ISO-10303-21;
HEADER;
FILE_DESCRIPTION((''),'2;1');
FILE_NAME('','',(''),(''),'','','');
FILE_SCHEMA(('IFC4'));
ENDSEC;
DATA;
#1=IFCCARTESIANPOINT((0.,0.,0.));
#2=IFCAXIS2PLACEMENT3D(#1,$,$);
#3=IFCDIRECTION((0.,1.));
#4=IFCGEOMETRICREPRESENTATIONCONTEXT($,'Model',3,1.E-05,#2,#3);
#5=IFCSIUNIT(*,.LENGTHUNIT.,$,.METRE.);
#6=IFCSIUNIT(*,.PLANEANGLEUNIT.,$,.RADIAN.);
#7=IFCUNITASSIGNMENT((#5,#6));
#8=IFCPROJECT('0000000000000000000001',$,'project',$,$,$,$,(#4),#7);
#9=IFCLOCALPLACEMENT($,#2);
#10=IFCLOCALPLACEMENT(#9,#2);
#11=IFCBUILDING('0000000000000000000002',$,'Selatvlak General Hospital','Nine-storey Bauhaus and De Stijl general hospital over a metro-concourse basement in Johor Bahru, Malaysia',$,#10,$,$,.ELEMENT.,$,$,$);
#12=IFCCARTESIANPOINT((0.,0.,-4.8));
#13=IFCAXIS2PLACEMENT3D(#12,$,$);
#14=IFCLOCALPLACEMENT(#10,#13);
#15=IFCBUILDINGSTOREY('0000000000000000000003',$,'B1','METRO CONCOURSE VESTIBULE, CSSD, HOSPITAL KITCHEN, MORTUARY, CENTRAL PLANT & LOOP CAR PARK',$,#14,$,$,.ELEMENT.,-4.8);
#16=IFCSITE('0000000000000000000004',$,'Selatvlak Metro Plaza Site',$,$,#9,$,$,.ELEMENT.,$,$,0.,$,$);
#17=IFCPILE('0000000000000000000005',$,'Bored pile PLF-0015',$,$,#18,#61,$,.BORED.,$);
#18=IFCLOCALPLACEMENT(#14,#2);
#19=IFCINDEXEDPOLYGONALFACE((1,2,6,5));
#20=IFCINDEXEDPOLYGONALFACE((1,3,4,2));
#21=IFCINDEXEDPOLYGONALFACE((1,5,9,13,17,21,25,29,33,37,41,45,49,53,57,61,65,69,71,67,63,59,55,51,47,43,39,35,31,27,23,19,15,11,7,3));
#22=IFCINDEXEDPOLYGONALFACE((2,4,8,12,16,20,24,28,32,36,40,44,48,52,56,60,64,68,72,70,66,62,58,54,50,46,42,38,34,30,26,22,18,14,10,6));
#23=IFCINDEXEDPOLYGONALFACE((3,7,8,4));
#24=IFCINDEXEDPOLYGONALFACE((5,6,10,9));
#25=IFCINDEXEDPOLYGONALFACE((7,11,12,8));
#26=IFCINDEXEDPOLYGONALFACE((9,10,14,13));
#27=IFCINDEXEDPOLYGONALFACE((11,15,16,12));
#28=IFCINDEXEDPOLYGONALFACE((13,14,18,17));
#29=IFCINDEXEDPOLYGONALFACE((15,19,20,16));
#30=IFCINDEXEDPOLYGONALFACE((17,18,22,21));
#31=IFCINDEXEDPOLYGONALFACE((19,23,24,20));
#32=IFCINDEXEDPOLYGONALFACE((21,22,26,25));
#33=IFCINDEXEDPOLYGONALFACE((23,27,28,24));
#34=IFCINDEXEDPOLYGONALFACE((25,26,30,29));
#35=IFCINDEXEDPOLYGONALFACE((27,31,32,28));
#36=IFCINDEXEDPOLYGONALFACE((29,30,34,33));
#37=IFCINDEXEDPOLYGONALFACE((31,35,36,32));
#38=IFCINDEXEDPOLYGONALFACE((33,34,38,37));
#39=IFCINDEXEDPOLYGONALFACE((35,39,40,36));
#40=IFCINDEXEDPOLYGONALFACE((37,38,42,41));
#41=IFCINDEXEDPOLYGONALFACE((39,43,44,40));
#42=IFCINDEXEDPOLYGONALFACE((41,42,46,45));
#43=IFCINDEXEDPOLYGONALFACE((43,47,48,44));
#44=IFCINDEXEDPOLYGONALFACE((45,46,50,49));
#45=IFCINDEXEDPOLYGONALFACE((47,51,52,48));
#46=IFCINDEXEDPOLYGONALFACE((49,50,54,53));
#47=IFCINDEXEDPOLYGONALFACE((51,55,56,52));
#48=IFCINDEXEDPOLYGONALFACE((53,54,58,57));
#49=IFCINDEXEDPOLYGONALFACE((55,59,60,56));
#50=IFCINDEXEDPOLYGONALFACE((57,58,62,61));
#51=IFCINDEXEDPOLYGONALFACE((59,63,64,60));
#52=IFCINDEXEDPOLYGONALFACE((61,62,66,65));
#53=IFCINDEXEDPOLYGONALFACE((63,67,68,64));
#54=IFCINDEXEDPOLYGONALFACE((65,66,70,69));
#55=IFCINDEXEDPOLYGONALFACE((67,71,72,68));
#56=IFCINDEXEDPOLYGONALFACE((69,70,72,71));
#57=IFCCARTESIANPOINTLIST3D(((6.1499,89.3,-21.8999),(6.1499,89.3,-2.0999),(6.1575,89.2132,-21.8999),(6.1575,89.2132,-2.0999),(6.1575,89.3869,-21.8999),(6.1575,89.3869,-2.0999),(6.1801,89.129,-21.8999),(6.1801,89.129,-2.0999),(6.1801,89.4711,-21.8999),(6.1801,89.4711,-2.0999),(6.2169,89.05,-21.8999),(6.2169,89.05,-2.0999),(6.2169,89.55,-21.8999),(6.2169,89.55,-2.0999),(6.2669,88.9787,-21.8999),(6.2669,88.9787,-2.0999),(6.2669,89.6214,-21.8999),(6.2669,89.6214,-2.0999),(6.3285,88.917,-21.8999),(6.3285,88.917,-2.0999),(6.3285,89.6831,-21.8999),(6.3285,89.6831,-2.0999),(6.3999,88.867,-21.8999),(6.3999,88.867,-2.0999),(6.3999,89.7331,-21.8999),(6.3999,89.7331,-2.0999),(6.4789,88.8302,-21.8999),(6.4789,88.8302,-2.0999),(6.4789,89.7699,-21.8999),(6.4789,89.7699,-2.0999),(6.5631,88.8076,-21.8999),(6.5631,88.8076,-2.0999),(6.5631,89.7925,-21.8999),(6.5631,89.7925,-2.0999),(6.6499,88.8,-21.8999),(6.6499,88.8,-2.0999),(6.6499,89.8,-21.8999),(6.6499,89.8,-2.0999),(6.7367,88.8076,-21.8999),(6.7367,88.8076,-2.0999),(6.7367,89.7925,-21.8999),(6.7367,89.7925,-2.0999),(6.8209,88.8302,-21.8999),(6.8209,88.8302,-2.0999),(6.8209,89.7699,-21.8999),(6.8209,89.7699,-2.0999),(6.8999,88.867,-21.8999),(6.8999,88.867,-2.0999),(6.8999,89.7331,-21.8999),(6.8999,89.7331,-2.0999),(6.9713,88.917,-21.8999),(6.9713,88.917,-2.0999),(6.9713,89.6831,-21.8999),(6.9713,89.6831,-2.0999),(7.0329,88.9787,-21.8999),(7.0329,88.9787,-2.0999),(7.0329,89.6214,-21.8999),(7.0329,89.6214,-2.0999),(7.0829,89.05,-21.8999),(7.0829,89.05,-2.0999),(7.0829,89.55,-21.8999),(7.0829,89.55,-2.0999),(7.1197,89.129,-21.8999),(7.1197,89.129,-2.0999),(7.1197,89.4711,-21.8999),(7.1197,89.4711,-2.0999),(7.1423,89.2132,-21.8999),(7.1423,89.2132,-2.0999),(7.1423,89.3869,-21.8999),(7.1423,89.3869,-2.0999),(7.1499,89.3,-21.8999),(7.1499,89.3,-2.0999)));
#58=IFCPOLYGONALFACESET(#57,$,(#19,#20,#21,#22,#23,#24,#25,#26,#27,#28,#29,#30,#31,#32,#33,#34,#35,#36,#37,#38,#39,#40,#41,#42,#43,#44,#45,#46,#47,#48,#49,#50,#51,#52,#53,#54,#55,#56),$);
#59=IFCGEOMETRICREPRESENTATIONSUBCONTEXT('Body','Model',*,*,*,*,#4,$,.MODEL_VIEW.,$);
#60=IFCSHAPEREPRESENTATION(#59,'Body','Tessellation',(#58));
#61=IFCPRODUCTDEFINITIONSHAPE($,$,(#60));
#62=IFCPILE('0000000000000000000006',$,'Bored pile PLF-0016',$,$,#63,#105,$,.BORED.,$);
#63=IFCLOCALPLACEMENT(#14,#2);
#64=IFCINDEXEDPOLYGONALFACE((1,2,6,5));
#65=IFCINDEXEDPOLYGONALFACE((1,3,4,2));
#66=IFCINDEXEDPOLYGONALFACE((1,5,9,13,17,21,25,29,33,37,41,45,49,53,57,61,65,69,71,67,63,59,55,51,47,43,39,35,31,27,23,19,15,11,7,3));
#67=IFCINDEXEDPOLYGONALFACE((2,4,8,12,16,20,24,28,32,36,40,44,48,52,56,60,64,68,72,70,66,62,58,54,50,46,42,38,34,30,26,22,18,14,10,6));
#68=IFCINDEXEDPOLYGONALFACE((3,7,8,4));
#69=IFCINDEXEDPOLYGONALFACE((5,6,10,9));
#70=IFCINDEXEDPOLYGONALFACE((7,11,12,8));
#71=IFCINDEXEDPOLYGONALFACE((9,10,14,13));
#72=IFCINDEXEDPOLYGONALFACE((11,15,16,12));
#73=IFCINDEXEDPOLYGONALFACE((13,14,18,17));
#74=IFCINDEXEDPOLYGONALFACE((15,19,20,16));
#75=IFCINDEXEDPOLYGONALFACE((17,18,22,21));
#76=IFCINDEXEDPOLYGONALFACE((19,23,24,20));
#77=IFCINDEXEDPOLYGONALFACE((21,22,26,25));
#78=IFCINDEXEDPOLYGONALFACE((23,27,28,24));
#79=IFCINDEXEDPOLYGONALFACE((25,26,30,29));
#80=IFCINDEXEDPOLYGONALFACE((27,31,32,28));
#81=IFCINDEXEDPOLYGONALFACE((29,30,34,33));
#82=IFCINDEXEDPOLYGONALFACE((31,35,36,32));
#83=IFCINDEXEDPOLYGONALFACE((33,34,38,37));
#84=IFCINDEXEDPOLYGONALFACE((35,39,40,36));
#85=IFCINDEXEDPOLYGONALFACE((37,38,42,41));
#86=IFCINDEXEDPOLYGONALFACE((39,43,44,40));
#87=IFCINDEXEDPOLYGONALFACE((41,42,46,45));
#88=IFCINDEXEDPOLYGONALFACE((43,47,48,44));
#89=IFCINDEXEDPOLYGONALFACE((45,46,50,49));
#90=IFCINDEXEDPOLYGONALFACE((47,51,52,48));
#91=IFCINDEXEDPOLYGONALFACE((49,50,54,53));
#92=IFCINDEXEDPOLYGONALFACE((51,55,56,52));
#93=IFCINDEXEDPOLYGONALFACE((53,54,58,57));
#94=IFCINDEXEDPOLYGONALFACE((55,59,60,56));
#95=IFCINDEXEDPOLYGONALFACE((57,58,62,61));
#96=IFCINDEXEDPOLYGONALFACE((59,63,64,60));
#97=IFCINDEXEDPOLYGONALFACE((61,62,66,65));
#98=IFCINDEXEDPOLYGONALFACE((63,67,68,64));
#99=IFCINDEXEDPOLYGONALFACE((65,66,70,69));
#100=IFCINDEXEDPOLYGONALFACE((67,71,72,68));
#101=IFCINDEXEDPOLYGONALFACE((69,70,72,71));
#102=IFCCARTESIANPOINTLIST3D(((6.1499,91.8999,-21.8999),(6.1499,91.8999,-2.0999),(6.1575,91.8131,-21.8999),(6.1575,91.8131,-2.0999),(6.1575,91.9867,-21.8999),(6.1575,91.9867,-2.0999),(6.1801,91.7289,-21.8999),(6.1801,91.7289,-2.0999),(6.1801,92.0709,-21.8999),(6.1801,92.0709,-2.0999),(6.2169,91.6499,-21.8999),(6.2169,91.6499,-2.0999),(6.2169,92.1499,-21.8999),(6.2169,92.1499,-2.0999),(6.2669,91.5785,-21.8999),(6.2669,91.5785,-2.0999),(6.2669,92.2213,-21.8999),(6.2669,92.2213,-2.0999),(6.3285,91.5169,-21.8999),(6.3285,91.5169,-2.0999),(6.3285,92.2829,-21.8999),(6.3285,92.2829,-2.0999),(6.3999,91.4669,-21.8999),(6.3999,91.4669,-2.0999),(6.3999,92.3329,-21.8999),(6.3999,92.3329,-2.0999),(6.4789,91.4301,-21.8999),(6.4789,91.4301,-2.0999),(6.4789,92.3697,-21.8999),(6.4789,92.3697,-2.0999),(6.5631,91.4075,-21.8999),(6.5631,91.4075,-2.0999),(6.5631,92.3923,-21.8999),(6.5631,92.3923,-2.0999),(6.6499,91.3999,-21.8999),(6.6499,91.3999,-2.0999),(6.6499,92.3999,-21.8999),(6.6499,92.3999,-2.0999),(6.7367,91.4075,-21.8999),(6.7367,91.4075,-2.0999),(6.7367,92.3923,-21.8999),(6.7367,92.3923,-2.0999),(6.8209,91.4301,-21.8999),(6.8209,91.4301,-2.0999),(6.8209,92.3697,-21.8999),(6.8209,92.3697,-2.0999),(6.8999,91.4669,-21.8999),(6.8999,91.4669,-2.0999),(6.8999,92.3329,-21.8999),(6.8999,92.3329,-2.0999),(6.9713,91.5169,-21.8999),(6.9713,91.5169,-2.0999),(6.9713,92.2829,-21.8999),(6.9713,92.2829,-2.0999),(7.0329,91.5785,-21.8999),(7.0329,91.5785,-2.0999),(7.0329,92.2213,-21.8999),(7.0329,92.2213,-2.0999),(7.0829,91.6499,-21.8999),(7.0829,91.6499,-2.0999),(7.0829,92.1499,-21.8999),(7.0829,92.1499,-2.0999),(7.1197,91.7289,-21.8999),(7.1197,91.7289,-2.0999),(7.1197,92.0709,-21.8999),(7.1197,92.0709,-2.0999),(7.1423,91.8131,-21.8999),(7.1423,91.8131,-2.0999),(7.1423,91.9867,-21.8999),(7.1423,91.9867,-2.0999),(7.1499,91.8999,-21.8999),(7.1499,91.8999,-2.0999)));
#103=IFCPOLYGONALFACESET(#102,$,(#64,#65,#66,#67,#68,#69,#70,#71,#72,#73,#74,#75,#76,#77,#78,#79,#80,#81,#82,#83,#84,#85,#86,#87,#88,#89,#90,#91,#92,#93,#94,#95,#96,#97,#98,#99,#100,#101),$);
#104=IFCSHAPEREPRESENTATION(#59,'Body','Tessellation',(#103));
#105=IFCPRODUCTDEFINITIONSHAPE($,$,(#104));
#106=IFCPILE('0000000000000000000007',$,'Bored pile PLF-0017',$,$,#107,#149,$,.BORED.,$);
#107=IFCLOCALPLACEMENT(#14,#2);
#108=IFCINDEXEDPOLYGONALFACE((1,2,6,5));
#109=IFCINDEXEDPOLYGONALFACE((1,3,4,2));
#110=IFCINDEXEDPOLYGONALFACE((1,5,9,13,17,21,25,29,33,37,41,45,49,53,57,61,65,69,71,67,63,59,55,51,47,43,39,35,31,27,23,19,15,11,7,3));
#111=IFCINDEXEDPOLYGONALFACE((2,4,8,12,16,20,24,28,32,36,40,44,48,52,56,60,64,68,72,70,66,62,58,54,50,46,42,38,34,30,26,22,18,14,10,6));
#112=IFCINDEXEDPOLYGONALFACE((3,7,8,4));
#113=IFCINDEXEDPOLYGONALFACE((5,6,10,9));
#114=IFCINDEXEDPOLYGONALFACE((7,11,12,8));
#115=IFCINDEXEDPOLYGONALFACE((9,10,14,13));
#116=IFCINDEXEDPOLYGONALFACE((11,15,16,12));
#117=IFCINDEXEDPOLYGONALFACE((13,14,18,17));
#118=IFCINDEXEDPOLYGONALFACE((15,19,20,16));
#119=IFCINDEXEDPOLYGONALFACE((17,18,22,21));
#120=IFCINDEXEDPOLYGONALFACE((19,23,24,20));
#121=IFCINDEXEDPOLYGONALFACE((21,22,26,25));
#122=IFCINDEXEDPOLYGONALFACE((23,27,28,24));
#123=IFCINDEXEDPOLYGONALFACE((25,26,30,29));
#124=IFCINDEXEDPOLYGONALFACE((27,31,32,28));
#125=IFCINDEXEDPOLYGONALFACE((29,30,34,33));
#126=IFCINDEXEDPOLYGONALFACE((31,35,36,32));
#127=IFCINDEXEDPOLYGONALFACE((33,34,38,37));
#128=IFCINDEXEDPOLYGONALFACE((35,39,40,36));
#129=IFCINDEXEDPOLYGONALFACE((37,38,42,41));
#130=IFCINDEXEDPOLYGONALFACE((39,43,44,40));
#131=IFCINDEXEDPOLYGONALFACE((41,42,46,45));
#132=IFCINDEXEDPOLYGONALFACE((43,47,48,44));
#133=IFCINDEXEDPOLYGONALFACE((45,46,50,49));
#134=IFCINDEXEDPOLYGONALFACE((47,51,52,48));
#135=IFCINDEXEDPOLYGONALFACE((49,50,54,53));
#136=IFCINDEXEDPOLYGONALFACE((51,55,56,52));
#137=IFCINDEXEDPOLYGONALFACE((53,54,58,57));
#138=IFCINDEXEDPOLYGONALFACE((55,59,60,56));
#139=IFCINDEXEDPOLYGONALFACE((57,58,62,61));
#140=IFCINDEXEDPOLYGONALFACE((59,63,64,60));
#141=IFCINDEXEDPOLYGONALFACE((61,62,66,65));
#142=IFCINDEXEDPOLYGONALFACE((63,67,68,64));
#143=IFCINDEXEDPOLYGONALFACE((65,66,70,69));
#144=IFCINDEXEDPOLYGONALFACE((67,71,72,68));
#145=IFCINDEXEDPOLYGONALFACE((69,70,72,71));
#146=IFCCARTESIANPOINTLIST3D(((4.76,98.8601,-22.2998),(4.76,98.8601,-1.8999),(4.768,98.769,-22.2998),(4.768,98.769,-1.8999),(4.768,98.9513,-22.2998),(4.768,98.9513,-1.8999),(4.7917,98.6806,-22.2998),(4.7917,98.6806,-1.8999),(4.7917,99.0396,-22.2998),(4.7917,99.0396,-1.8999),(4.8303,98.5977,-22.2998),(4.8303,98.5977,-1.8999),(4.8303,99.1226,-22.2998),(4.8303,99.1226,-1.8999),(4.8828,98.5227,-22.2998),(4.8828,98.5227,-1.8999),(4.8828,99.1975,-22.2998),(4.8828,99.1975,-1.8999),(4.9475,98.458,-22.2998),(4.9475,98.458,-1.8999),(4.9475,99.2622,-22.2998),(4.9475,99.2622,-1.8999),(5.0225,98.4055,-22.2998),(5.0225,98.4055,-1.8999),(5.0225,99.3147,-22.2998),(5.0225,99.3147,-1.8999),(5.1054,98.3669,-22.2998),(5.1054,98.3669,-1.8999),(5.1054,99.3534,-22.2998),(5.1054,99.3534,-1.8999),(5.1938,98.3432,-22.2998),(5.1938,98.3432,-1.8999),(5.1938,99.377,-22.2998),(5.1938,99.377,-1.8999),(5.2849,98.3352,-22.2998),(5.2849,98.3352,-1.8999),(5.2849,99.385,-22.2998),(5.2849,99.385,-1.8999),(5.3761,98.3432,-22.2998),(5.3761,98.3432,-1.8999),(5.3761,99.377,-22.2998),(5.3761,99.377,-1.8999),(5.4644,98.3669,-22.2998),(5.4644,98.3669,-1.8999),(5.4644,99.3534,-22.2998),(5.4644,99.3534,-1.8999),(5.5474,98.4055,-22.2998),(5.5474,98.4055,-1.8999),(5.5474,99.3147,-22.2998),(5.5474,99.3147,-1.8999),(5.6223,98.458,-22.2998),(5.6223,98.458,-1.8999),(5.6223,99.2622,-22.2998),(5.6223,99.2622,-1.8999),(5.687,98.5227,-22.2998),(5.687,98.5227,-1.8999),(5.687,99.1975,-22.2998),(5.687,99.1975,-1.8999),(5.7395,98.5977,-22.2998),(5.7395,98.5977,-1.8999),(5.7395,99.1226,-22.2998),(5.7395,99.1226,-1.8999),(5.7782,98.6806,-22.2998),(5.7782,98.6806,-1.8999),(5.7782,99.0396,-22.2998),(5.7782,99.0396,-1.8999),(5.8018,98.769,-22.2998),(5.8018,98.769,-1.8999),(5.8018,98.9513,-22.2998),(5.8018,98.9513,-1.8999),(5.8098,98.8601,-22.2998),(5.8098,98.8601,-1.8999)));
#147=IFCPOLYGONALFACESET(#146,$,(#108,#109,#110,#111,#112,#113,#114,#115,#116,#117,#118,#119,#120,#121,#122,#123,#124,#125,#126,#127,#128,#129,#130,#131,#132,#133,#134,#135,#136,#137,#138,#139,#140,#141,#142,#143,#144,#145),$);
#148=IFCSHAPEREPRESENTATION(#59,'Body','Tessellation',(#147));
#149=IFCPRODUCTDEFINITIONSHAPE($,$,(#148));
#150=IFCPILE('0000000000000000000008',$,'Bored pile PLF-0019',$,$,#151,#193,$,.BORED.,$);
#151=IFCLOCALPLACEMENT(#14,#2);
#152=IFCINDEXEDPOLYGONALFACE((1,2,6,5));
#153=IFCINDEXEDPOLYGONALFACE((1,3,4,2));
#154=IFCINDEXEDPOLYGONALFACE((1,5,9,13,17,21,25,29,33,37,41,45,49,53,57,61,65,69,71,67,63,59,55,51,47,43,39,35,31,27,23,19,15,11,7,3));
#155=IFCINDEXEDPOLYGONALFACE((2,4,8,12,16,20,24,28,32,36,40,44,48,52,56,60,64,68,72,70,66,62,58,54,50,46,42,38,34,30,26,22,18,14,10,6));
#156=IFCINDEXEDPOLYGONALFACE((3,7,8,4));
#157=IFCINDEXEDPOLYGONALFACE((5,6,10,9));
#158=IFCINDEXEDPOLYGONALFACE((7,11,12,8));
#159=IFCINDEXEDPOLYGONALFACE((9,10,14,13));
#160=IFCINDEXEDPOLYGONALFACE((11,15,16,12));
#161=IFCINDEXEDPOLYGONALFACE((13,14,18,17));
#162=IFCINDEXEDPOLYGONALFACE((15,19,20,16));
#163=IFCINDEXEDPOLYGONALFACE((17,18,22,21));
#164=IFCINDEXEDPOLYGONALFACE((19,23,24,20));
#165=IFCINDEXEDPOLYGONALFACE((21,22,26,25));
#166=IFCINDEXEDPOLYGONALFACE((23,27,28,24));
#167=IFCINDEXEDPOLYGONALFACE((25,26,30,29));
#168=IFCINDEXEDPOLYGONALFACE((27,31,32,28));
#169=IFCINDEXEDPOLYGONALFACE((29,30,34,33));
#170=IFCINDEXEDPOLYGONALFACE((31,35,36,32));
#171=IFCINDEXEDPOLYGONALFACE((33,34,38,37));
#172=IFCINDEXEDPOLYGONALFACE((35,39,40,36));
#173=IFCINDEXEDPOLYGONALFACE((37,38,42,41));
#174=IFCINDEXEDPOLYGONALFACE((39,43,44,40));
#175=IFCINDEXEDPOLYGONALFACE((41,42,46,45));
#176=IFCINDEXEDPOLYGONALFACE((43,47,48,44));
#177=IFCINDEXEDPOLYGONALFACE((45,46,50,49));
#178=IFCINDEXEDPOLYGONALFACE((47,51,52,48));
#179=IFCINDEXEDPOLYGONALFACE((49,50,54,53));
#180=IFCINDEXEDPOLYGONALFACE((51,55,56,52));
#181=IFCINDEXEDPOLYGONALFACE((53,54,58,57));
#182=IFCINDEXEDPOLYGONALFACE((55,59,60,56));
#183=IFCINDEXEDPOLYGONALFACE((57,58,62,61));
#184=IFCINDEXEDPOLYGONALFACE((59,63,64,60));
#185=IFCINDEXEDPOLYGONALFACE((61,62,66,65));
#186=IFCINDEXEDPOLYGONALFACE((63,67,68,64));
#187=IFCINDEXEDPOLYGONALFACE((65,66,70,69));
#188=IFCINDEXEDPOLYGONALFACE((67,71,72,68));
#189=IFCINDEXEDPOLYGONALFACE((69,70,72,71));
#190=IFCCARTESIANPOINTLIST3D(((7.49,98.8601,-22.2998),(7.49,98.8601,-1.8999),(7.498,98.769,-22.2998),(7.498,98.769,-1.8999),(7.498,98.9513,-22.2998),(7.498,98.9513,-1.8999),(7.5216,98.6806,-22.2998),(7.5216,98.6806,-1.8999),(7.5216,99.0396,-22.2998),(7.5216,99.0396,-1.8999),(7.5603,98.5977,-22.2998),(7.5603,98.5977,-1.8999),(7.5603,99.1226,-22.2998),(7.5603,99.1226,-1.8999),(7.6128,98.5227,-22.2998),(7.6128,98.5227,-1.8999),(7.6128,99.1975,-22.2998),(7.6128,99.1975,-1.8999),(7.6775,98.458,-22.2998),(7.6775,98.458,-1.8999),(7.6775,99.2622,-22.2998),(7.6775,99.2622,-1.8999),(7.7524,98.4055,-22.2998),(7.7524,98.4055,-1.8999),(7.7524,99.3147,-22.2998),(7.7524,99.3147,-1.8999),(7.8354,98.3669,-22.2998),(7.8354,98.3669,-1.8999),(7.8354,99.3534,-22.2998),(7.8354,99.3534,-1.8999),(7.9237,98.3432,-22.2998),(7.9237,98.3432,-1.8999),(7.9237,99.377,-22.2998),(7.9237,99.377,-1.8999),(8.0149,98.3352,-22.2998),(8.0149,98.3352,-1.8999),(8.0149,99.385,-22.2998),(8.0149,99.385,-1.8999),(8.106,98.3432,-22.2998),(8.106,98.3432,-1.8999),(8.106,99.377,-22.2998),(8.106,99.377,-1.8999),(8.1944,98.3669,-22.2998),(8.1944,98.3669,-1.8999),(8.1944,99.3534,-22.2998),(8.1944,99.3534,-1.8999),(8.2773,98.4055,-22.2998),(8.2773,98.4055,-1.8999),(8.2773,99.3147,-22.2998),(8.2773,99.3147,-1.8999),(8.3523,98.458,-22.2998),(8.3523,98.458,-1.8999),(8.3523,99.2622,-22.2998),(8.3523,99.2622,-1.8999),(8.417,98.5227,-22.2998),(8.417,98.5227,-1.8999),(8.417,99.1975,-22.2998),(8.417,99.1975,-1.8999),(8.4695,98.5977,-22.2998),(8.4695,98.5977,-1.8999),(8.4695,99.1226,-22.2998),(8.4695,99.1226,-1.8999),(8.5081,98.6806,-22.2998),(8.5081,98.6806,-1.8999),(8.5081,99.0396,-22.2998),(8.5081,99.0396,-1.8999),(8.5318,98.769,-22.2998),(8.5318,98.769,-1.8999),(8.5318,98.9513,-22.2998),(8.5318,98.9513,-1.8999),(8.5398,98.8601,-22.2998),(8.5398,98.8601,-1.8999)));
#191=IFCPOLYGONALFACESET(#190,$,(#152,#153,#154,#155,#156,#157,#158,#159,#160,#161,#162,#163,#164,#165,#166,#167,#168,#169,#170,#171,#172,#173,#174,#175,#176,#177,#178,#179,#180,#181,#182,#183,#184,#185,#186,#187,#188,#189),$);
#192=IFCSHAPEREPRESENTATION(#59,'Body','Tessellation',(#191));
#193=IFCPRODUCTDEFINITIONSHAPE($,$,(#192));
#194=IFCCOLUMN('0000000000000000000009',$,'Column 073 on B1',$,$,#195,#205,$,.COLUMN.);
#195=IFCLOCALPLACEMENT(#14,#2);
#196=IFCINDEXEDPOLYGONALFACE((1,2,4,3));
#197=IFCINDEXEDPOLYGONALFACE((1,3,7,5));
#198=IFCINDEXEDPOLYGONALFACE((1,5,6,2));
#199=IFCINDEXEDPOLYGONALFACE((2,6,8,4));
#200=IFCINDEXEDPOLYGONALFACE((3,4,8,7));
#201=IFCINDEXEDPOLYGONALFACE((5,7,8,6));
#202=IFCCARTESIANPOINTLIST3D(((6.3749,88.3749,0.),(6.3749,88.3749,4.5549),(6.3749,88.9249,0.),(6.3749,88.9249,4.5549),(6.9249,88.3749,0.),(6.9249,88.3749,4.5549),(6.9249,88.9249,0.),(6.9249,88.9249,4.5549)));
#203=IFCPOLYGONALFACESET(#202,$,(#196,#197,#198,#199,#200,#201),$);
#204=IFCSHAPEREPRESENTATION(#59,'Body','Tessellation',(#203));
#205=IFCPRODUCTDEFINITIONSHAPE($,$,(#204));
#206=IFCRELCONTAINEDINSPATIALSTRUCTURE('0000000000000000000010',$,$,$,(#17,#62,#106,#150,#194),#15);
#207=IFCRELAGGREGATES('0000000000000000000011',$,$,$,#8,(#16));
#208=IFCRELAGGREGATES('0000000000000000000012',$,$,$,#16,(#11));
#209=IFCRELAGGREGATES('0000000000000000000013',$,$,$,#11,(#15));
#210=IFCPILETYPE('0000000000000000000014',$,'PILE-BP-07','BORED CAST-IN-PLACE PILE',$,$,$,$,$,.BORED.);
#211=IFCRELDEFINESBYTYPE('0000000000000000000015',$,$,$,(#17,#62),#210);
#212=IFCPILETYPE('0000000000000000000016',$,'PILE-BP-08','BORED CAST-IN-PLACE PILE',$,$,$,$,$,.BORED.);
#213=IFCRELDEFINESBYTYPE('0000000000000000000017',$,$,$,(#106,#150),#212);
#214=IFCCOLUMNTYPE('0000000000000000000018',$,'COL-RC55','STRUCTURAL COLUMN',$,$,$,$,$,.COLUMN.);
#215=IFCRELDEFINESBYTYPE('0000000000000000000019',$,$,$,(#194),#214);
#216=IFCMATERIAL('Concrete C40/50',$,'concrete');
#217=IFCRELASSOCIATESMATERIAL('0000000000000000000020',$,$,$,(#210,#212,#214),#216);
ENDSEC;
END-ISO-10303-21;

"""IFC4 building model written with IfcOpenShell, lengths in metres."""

from ifc_helpers import new_model, si_unit, direction, frame, origin, origin_2d, place, context, subcontext, project, spatial, rectangle, circle, extrude, material, material_profile, profile_set, type_object, element, save


model = new_model("IFC4")

# Units and contexts
model_context = context("Model", 3, precision=1e-05, world=origin(), true_north=direction((0.0, 1.0)))
body_context = subcontext(model_context, "Body", "Model", "MODEL_VIEW")
ifc_project = project(units=[si_unit("LENGTHUNIT", "METRE"), si_unit("PLANEANGLEUNIT", "RADIAN")], contexts=[model_context])

# Site, building, storey
site_placement = place(None, origin())
site = spatial("IfcSite", under=ifc_project, at=site_placement, Name="Selatvlak Metro Plaza Site", CompositionType="ELEMENT", RefElevation=0.0)
building_placement = place(site_placement, origin())
building = spatial("IfcBuilding", under=site, at=building_placement, Name="Selatvlak General Hospital", Description="Nine-storey Bauhaus and De Stijl general hospital over a metro-concourse basement in Johor Bahru, Malaysia", CompositionType="ELEMENT")
storey_placement = place(building_placement, frame((0.0, 0.0, -4.8)))
storey = spatial("IfcBuildingStorey", under=building, at=storey_placement, Name="B1", Description="METRO CONCOURSE VESTIBULE, CSSD, HOSPITAL KITCHEN, MORTUARY, CENTRAL PLANT & LOOP CAR PARK", CompositionType="ELEMENT", Elevation=-4.8)

# Shared definitions
ifc_material_1 = material(Name="Concrete C40/50", Category="concrete")

# Piles
ifc_material_profile_1 = material_profile(ifc_material_1, circle(Radius=0.5, at=origin_2d()), Name="BORED PILE 1000")
ifc_profile_set_1 = profile_set([ifc_material_profile_1], Name="Concrete C40/50")
pile_type_1 = type_object("IfcPileType", Name="PILE-BP-07", Description="BORED CAST-IN-PLACE PILE", PredefinedType="BORED", material=ifc_profile_set_1)
for number, where, z_axis, x_axis, name in (
    (1, (6.6499, 89.3, -2.0999), (0.0, 0.0, -1.0), (1.0, 0.0, 0.0), "Bored pile PLF-0015"),
    (2, (6.6499, 91.8999, -2.0999), (0.0, 0.0, -1.0), (1.0, 0.0, 0.0), "Bored pile PLF-0016"),
):
    element("IfcPile", number, at=place(storey_placement, frame(where, z_axis=z_axis, x_axis=x_axis)), inside=storey, type_object=pile_type_1, Name=name, PredefinedType="BORED", context=body_context, shape_type="SweptSolid", body=[
        extrude(circle(Radius=0.5, at=origin_2d()), origin(), (0.0, 0.0, 1.0), 19.8),
    ])
ifc_material_profile_2 = material_profile(ifc_material_1, circle(Radius=0.5249, at=origin_2d()), Name="BORED PILE 1050")
ifc_profile_set_2 = profile_set([ifc_material_profile_2], Name="Concrete C40/50")
pile_type_2 = type_object("IfcPileType", Name="PILE-BP-08", Description="BORED CAST-IN-PLACE PILE", PredefinedType="BORED", material=ifc_profile_set_2)
for number, where, z_axis, x_axis, name in (
    (3, (5.2849, 98.8601, -1.8999), (0.0, 0.0, -1.0), (1.0, 0.0, 0.0), "Bored pile PLF-0017"),
    (4, (8.0149, 98.8601, -1.8999), (0.0, 0.0, -1.0), (1.0, 0.0, 0.0), "Bored pile PLF-0019"),
):
    element("IfcPile", number, at=place(storey_placement, frame(where, z_axis=z_axis, x_axis=x_axis)), inside=storey, type_object=pile_type_2, Name=name, PredefinedType="BORED", context=body_context, shape_type="SweptSolid", body=[
        extrude(circle(Radius=0.5249, at=origin_2d()), origin(), (0.0, 0.0, 1.0), 20.3999),
    ])

# Column
ifc_material_profile_3 = material_profile(ifc_material_1, rectangle(XDim=0.55, YDim=0.55, at=origin_2d()), Name="RC-COL 550x550")
ifc_profile_set_3 = profile_set([ifc_material_profile_3], Name="Concrete C40/50")
column_type_1 = type_object("IfcColumnType", Name="COL-RC55", Description="STRUCTURAL COLUMN", PredefinedType="COLUMN", material=ifc_profile_set_3)
for number, where, z_axis, x_axis, name in (
    (5, (6.6499, 88.6499, 0.0), (0.0, 0.0, 1.0), (1.0, 0.0, 0.0), "Column 073 on B1"),
):
    element("IfcColumn", number, at=place(storey_placement, frame(where, z_axis=z_axis, x_axis=x_axis)), inside=storey, type_object=column_type_1, Name=name, PredefinedType="COLUMN", context=body_context, shape_type="SweptSolid", body=[
        extrude(rectangle(XDim=0.55, YDim=0.55, at=origin_2d()), origin(), (0.0, 0.0, 1.0), 4.5549),
    ])

save(model, "model.ifc")
